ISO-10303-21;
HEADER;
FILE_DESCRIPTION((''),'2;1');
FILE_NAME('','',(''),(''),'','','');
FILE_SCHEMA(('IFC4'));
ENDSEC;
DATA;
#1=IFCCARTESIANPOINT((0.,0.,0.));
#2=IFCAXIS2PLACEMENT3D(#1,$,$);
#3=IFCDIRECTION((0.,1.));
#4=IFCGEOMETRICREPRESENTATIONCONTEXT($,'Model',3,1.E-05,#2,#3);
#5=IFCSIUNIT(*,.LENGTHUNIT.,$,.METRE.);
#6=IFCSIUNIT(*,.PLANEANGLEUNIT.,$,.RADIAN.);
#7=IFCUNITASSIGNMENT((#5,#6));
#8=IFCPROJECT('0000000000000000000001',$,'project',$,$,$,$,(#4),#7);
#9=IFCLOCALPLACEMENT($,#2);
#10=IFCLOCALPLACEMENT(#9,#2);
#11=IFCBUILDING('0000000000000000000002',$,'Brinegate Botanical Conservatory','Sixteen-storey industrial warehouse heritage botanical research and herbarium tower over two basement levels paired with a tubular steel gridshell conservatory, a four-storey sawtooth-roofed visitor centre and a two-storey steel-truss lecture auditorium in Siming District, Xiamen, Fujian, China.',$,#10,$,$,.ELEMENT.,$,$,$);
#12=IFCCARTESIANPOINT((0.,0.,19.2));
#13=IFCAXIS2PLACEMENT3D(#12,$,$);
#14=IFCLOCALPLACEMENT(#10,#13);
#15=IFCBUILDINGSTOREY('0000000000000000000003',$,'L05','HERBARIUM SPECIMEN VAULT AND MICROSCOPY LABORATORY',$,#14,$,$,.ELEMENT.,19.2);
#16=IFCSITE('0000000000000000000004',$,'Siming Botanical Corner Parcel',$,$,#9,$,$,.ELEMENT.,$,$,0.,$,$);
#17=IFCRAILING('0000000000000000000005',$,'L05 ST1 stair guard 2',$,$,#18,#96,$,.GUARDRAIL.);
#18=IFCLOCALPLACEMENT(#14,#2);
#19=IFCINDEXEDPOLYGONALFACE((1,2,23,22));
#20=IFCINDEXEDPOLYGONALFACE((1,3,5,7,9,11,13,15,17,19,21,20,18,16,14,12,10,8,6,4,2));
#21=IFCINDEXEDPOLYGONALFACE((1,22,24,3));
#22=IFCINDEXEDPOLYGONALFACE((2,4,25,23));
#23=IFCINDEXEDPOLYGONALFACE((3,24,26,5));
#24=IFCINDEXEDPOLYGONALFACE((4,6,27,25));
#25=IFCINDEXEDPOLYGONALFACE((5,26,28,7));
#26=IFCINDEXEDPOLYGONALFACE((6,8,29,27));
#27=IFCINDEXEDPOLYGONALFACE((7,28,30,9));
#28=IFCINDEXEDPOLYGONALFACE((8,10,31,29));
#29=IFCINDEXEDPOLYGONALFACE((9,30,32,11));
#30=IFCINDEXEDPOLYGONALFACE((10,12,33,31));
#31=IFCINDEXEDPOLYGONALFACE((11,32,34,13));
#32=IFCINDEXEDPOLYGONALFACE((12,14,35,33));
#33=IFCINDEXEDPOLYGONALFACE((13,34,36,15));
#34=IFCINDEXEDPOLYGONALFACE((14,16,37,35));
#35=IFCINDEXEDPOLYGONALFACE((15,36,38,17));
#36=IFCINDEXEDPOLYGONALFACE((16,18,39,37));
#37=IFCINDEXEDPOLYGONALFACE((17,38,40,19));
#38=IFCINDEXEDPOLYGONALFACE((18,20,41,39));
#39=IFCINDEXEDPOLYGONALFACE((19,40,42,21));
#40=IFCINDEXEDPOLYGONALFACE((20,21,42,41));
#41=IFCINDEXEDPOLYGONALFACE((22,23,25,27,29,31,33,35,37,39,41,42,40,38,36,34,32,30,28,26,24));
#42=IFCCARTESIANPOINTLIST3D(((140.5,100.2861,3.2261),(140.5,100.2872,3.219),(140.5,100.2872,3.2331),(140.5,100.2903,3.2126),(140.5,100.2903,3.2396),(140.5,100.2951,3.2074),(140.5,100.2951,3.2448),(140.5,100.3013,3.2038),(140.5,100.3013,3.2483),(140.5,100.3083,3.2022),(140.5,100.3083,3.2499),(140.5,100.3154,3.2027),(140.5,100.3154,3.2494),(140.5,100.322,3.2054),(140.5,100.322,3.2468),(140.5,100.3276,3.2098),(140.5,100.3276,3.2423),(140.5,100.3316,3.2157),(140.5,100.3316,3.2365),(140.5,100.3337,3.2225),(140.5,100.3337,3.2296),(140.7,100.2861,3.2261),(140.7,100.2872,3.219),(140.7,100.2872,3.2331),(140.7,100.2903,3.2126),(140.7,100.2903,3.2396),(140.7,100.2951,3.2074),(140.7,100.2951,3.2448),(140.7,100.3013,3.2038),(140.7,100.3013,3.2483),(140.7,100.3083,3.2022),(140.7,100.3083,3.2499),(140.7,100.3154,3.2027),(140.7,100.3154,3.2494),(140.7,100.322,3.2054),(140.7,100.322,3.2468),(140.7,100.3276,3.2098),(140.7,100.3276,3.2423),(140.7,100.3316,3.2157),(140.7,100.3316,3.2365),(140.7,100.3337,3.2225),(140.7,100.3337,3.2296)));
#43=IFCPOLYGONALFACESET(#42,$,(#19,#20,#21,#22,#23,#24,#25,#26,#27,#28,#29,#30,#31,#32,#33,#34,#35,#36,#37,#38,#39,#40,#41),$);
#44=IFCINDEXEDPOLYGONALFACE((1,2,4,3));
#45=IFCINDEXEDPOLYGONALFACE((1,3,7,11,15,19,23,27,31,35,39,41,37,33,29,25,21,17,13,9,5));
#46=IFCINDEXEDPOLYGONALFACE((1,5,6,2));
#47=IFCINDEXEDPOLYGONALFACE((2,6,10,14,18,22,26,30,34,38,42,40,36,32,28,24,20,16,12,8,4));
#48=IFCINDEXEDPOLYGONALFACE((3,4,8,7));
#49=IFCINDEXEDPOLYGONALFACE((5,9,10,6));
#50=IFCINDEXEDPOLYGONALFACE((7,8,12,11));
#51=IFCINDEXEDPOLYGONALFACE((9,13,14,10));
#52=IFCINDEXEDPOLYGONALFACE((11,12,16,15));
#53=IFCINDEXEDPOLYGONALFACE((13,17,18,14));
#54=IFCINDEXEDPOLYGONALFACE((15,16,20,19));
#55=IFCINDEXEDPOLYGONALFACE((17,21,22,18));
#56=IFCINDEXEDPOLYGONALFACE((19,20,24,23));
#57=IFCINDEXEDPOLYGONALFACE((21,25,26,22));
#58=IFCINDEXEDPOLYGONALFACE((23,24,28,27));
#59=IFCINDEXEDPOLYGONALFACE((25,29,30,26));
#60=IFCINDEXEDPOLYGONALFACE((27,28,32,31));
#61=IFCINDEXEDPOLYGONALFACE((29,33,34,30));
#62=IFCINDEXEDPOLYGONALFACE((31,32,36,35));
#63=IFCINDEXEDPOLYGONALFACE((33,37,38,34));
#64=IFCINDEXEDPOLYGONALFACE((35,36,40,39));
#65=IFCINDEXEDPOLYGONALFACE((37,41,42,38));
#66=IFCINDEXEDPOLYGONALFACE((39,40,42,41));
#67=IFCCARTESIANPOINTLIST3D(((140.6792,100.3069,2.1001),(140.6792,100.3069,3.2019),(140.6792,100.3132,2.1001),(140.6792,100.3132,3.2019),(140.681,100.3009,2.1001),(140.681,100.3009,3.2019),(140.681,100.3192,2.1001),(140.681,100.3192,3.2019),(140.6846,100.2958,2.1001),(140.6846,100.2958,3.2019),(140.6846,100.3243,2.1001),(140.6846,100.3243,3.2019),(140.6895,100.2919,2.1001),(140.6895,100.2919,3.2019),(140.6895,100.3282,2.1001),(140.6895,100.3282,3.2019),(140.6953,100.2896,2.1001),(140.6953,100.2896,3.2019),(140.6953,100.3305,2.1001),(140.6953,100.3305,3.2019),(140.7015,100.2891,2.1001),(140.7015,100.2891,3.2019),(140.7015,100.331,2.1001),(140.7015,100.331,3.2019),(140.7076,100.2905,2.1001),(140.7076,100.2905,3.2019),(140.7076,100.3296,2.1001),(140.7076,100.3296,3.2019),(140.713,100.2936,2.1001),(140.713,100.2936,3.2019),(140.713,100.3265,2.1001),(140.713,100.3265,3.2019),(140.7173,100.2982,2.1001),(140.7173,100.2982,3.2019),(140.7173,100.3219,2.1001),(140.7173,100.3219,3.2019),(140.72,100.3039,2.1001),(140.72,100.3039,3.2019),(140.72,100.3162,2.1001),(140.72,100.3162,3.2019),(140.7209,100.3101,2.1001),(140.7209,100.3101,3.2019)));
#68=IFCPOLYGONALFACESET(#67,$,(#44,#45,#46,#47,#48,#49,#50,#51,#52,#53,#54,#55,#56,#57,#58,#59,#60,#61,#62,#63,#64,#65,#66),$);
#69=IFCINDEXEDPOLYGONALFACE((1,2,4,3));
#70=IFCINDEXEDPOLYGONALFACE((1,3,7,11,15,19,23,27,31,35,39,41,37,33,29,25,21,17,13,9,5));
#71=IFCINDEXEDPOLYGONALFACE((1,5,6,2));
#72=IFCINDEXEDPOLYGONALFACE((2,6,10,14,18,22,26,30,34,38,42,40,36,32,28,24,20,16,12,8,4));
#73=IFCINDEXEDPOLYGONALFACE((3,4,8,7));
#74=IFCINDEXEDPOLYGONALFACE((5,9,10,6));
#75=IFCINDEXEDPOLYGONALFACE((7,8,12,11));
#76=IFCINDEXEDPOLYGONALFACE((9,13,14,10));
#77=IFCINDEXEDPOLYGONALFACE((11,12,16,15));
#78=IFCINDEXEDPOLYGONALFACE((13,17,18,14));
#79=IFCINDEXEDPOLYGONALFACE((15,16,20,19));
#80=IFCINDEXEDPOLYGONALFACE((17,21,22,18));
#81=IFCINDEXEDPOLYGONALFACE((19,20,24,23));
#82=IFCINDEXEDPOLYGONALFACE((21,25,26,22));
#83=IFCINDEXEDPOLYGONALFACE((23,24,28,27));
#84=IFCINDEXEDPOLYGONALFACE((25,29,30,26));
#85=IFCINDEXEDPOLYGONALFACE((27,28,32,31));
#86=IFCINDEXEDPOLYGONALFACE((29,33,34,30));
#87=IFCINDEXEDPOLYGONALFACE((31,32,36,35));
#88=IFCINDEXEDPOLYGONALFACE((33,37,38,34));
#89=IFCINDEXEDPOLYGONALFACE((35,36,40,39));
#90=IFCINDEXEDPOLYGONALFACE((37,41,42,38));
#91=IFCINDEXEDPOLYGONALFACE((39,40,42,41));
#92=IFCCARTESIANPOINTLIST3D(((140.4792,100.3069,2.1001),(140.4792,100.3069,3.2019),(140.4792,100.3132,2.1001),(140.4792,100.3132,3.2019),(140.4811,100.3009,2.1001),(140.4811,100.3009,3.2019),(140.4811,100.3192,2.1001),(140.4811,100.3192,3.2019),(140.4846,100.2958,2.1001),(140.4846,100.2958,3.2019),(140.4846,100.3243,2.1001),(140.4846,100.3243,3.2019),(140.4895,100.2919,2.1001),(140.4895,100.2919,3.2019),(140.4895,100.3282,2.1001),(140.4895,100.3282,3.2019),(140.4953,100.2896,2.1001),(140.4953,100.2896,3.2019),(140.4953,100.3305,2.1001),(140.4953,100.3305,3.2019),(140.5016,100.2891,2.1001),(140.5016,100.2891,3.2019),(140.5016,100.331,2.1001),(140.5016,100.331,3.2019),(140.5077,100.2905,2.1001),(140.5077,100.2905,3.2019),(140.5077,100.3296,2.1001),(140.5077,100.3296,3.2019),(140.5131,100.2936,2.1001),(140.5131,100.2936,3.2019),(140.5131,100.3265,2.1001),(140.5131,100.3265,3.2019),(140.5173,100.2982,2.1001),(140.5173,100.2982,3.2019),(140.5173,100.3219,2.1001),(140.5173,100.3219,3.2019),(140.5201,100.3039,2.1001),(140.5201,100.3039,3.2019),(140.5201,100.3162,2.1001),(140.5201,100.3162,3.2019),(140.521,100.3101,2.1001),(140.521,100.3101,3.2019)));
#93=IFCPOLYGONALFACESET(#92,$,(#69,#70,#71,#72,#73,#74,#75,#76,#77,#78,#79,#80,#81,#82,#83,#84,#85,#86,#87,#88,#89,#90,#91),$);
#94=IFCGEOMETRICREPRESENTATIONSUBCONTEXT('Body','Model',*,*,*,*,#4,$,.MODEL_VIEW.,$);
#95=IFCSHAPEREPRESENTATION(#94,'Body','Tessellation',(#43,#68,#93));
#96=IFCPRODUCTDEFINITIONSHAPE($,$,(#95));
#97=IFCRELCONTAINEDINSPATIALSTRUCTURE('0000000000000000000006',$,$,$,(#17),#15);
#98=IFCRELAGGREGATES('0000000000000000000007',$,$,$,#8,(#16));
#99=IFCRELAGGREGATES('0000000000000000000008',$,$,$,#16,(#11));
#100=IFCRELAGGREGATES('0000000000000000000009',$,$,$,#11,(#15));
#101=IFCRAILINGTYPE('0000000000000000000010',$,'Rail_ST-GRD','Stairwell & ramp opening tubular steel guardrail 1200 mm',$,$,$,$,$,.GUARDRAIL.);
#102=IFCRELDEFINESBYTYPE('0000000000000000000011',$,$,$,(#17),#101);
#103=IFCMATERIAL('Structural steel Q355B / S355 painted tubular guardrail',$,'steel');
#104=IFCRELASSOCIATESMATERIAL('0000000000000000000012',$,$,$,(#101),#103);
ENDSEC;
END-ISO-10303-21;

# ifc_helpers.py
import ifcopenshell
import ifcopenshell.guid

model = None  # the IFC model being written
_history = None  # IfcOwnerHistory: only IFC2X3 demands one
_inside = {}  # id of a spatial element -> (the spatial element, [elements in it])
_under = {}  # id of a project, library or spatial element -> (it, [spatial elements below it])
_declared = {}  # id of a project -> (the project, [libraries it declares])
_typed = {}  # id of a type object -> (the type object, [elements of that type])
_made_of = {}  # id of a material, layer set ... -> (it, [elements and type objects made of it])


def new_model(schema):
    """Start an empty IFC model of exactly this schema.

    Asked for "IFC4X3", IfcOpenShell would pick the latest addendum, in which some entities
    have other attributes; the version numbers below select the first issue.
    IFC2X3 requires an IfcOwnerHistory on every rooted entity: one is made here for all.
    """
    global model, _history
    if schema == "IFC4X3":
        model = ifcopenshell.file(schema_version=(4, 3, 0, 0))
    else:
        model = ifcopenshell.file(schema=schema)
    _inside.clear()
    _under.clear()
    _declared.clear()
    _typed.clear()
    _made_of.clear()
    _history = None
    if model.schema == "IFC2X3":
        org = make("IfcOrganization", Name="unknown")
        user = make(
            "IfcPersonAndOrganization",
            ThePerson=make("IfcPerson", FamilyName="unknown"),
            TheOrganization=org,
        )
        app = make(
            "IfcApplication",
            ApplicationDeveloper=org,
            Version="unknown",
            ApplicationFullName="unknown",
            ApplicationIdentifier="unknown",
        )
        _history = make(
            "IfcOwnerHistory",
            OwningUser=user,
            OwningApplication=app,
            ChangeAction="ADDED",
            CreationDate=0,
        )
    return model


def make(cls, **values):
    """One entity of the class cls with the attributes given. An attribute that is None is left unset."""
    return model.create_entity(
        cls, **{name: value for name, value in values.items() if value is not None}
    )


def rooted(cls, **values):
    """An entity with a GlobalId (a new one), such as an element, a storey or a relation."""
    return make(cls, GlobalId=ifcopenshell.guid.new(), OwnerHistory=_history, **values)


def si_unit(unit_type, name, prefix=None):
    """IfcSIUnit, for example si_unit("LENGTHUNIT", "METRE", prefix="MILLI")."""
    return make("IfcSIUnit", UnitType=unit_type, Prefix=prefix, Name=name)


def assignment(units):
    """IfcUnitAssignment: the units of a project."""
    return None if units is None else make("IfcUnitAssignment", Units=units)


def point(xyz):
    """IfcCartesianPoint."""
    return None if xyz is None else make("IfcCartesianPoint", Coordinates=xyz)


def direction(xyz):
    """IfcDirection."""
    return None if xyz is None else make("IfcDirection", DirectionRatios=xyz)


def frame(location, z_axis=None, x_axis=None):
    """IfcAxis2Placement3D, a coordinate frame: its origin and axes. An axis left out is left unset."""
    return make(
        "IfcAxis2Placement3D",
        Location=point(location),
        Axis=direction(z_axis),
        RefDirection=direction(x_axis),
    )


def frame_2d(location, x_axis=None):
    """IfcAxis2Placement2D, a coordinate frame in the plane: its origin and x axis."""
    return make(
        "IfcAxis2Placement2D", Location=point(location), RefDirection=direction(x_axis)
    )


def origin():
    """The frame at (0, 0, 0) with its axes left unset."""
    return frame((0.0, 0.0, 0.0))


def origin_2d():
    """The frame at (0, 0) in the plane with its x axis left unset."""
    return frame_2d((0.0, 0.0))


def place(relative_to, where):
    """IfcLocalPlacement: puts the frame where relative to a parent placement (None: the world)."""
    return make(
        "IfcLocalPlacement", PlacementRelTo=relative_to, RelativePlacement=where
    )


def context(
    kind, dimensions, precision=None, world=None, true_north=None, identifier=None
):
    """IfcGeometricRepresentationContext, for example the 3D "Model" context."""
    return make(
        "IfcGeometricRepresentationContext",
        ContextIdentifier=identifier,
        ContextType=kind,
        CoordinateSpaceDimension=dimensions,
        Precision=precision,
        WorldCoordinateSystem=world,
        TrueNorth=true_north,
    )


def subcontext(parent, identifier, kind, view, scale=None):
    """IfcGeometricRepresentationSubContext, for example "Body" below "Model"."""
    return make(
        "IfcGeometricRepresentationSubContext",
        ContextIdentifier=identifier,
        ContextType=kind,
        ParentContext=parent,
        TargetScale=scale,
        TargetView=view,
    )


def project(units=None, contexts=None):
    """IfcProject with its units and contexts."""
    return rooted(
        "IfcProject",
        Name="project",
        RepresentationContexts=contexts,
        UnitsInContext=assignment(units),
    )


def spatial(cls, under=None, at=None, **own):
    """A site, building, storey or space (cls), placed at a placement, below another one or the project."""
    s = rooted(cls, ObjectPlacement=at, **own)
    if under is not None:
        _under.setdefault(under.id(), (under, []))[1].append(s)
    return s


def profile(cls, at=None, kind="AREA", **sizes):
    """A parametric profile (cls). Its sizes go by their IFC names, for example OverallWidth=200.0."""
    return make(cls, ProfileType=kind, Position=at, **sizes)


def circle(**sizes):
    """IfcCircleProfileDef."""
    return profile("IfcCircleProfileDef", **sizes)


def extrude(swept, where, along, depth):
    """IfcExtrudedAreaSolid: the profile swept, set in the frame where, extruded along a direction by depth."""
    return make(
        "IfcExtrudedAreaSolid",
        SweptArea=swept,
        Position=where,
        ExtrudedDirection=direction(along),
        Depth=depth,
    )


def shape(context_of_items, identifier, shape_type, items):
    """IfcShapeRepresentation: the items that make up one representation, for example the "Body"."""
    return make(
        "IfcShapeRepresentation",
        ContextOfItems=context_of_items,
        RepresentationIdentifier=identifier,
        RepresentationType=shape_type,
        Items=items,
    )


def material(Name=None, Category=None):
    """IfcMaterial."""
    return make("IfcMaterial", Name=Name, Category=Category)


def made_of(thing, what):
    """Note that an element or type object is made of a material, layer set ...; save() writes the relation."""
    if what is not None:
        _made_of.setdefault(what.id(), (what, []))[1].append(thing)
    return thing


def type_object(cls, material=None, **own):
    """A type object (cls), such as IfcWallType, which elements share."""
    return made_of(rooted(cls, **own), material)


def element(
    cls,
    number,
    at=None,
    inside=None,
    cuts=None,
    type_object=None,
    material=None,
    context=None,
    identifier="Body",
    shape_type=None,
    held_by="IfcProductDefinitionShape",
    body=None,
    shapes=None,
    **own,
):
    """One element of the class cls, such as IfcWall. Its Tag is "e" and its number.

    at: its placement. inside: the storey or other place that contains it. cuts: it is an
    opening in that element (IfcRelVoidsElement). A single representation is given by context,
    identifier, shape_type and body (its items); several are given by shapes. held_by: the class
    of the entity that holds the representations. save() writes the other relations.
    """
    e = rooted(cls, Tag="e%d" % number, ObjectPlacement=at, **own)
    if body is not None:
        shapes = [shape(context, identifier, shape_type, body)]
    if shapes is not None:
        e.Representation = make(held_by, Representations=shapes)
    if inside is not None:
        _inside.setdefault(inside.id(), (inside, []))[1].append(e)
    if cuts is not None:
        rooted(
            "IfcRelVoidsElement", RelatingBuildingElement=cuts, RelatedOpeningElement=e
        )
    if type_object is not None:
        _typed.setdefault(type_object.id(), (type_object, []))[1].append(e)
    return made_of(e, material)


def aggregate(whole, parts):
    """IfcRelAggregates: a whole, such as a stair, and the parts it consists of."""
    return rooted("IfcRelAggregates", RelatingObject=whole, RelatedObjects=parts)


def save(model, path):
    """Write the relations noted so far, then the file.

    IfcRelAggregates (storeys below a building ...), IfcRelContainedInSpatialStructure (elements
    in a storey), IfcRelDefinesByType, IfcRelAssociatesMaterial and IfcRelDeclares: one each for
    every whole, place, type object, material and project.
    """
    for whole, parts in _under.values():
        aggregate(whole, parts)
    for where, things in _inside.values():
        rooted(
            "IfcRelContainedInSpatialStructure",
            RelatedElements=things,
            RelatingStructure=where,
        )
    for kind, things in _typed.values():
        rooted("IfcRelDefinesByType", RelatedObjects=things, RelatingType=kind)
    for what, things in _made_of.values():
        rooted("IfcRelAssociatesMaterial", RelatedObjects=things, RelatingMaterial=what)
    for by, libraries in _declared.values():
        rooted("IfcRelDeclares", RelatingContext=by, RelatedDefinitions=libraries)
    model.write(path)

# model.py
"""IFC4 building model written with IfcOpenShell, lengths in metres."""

from ifc_helpers import new_model, si_unit, direction, frame, origin, origin_2d, place, context, subcontext, project, spatial, circle, extrude, material, type_object, element, save


model = new_model("IFC4")

# Units and contexts
model_context = context("Model", 3, precision=1e-05, world=origin(), true_north=direction((0.0, 1.0)))
body_context = subcontext(model_context, "Body", "Model", "MODEL_VIEW")
ifc_project = project(units=[si_unit("LENGTHUNIT", "METRE"), si_unit("PLANEANGLEUNIT", "RADIAN")], contexts=[model_context])

# Site, building, storey
site_placement = place(None, origin())
site = spatial("IfcSite", under=ifc_project, at=site_placement, Name="Siming Botanical Corner Parcel", CompositionType="ELEMENT", RefElevation=0.0)
building_placement = place(site_placement, origin())
building = spatial("IfcBuilding", under=site, at=building_placement, Name="Brinegate Botanical Conservatory", Description="Sixteen-storey industrial warehouse heritage botanical research and herbarium tower over two basement levels paired with a tubular steel gridshell conservatory, a four-storey sawtooth-roofed visitor centre and a two-storey steel-truss lecture auditorium in Siming District, Xiamen, Fujian, China.", CompositionType="ELEMENT")
storey_placement = place(building_placement, frame((0.0, 0.0, 19.2)))
storey = spatial("IfcBuildingStorey", under=building, at=storey_placement, Name="L05", Description="HERBARIUM SPECIMEN VAULT AND MICROSCOPY LABORATORY", CompositionType="ELEMENT", Elevation=19.2)

# Railing
ifc_material_1 = material(Name="Structural steel Q355B / S355 painted tubular guardrail", Category="steel")
railing_type_1 = type_object("IfcRailingType", Name="Rail_ST-GRD", Description="Stairwell & ramp opening tubular steel guardrail 1200 mm", PredefinedType="GUARDRAIL", material=ifc_material_1)
railing_1_placement = place(storey_placement, frame((140.7, 100.3101, 2.1001)))
element("IfcRailing", 1, at=railing_1_placement, inside=storey, type_object=railing_type_1, Name="L05 ST1 stair guard 2", PredefinedType="GUARDRAIL", context=body_context, shape_type="SweptSolid", body=[
    extrude(circle(Radius=0.0239, at=origin_2d()), frame((0.0, 0.0, 1.126), z_axis=(-1.0, 0.0, 0.0), x_axis=(0.0, -1.0, 0.0)), (0.0, 0.0, 1.0), 0.2),
    extrude(circle(Radius=0.021, at=origin_2d()), origin(), (0.0, 0.0, 1.0), 1.1018),
    extrude(circle(Radius=0.021, at=origin_2d()), frame((-0.2, 0.0, 0.0)), (0.0, 0.0, 1.0), 1.1018),
])

save(model, "model.ifc")
